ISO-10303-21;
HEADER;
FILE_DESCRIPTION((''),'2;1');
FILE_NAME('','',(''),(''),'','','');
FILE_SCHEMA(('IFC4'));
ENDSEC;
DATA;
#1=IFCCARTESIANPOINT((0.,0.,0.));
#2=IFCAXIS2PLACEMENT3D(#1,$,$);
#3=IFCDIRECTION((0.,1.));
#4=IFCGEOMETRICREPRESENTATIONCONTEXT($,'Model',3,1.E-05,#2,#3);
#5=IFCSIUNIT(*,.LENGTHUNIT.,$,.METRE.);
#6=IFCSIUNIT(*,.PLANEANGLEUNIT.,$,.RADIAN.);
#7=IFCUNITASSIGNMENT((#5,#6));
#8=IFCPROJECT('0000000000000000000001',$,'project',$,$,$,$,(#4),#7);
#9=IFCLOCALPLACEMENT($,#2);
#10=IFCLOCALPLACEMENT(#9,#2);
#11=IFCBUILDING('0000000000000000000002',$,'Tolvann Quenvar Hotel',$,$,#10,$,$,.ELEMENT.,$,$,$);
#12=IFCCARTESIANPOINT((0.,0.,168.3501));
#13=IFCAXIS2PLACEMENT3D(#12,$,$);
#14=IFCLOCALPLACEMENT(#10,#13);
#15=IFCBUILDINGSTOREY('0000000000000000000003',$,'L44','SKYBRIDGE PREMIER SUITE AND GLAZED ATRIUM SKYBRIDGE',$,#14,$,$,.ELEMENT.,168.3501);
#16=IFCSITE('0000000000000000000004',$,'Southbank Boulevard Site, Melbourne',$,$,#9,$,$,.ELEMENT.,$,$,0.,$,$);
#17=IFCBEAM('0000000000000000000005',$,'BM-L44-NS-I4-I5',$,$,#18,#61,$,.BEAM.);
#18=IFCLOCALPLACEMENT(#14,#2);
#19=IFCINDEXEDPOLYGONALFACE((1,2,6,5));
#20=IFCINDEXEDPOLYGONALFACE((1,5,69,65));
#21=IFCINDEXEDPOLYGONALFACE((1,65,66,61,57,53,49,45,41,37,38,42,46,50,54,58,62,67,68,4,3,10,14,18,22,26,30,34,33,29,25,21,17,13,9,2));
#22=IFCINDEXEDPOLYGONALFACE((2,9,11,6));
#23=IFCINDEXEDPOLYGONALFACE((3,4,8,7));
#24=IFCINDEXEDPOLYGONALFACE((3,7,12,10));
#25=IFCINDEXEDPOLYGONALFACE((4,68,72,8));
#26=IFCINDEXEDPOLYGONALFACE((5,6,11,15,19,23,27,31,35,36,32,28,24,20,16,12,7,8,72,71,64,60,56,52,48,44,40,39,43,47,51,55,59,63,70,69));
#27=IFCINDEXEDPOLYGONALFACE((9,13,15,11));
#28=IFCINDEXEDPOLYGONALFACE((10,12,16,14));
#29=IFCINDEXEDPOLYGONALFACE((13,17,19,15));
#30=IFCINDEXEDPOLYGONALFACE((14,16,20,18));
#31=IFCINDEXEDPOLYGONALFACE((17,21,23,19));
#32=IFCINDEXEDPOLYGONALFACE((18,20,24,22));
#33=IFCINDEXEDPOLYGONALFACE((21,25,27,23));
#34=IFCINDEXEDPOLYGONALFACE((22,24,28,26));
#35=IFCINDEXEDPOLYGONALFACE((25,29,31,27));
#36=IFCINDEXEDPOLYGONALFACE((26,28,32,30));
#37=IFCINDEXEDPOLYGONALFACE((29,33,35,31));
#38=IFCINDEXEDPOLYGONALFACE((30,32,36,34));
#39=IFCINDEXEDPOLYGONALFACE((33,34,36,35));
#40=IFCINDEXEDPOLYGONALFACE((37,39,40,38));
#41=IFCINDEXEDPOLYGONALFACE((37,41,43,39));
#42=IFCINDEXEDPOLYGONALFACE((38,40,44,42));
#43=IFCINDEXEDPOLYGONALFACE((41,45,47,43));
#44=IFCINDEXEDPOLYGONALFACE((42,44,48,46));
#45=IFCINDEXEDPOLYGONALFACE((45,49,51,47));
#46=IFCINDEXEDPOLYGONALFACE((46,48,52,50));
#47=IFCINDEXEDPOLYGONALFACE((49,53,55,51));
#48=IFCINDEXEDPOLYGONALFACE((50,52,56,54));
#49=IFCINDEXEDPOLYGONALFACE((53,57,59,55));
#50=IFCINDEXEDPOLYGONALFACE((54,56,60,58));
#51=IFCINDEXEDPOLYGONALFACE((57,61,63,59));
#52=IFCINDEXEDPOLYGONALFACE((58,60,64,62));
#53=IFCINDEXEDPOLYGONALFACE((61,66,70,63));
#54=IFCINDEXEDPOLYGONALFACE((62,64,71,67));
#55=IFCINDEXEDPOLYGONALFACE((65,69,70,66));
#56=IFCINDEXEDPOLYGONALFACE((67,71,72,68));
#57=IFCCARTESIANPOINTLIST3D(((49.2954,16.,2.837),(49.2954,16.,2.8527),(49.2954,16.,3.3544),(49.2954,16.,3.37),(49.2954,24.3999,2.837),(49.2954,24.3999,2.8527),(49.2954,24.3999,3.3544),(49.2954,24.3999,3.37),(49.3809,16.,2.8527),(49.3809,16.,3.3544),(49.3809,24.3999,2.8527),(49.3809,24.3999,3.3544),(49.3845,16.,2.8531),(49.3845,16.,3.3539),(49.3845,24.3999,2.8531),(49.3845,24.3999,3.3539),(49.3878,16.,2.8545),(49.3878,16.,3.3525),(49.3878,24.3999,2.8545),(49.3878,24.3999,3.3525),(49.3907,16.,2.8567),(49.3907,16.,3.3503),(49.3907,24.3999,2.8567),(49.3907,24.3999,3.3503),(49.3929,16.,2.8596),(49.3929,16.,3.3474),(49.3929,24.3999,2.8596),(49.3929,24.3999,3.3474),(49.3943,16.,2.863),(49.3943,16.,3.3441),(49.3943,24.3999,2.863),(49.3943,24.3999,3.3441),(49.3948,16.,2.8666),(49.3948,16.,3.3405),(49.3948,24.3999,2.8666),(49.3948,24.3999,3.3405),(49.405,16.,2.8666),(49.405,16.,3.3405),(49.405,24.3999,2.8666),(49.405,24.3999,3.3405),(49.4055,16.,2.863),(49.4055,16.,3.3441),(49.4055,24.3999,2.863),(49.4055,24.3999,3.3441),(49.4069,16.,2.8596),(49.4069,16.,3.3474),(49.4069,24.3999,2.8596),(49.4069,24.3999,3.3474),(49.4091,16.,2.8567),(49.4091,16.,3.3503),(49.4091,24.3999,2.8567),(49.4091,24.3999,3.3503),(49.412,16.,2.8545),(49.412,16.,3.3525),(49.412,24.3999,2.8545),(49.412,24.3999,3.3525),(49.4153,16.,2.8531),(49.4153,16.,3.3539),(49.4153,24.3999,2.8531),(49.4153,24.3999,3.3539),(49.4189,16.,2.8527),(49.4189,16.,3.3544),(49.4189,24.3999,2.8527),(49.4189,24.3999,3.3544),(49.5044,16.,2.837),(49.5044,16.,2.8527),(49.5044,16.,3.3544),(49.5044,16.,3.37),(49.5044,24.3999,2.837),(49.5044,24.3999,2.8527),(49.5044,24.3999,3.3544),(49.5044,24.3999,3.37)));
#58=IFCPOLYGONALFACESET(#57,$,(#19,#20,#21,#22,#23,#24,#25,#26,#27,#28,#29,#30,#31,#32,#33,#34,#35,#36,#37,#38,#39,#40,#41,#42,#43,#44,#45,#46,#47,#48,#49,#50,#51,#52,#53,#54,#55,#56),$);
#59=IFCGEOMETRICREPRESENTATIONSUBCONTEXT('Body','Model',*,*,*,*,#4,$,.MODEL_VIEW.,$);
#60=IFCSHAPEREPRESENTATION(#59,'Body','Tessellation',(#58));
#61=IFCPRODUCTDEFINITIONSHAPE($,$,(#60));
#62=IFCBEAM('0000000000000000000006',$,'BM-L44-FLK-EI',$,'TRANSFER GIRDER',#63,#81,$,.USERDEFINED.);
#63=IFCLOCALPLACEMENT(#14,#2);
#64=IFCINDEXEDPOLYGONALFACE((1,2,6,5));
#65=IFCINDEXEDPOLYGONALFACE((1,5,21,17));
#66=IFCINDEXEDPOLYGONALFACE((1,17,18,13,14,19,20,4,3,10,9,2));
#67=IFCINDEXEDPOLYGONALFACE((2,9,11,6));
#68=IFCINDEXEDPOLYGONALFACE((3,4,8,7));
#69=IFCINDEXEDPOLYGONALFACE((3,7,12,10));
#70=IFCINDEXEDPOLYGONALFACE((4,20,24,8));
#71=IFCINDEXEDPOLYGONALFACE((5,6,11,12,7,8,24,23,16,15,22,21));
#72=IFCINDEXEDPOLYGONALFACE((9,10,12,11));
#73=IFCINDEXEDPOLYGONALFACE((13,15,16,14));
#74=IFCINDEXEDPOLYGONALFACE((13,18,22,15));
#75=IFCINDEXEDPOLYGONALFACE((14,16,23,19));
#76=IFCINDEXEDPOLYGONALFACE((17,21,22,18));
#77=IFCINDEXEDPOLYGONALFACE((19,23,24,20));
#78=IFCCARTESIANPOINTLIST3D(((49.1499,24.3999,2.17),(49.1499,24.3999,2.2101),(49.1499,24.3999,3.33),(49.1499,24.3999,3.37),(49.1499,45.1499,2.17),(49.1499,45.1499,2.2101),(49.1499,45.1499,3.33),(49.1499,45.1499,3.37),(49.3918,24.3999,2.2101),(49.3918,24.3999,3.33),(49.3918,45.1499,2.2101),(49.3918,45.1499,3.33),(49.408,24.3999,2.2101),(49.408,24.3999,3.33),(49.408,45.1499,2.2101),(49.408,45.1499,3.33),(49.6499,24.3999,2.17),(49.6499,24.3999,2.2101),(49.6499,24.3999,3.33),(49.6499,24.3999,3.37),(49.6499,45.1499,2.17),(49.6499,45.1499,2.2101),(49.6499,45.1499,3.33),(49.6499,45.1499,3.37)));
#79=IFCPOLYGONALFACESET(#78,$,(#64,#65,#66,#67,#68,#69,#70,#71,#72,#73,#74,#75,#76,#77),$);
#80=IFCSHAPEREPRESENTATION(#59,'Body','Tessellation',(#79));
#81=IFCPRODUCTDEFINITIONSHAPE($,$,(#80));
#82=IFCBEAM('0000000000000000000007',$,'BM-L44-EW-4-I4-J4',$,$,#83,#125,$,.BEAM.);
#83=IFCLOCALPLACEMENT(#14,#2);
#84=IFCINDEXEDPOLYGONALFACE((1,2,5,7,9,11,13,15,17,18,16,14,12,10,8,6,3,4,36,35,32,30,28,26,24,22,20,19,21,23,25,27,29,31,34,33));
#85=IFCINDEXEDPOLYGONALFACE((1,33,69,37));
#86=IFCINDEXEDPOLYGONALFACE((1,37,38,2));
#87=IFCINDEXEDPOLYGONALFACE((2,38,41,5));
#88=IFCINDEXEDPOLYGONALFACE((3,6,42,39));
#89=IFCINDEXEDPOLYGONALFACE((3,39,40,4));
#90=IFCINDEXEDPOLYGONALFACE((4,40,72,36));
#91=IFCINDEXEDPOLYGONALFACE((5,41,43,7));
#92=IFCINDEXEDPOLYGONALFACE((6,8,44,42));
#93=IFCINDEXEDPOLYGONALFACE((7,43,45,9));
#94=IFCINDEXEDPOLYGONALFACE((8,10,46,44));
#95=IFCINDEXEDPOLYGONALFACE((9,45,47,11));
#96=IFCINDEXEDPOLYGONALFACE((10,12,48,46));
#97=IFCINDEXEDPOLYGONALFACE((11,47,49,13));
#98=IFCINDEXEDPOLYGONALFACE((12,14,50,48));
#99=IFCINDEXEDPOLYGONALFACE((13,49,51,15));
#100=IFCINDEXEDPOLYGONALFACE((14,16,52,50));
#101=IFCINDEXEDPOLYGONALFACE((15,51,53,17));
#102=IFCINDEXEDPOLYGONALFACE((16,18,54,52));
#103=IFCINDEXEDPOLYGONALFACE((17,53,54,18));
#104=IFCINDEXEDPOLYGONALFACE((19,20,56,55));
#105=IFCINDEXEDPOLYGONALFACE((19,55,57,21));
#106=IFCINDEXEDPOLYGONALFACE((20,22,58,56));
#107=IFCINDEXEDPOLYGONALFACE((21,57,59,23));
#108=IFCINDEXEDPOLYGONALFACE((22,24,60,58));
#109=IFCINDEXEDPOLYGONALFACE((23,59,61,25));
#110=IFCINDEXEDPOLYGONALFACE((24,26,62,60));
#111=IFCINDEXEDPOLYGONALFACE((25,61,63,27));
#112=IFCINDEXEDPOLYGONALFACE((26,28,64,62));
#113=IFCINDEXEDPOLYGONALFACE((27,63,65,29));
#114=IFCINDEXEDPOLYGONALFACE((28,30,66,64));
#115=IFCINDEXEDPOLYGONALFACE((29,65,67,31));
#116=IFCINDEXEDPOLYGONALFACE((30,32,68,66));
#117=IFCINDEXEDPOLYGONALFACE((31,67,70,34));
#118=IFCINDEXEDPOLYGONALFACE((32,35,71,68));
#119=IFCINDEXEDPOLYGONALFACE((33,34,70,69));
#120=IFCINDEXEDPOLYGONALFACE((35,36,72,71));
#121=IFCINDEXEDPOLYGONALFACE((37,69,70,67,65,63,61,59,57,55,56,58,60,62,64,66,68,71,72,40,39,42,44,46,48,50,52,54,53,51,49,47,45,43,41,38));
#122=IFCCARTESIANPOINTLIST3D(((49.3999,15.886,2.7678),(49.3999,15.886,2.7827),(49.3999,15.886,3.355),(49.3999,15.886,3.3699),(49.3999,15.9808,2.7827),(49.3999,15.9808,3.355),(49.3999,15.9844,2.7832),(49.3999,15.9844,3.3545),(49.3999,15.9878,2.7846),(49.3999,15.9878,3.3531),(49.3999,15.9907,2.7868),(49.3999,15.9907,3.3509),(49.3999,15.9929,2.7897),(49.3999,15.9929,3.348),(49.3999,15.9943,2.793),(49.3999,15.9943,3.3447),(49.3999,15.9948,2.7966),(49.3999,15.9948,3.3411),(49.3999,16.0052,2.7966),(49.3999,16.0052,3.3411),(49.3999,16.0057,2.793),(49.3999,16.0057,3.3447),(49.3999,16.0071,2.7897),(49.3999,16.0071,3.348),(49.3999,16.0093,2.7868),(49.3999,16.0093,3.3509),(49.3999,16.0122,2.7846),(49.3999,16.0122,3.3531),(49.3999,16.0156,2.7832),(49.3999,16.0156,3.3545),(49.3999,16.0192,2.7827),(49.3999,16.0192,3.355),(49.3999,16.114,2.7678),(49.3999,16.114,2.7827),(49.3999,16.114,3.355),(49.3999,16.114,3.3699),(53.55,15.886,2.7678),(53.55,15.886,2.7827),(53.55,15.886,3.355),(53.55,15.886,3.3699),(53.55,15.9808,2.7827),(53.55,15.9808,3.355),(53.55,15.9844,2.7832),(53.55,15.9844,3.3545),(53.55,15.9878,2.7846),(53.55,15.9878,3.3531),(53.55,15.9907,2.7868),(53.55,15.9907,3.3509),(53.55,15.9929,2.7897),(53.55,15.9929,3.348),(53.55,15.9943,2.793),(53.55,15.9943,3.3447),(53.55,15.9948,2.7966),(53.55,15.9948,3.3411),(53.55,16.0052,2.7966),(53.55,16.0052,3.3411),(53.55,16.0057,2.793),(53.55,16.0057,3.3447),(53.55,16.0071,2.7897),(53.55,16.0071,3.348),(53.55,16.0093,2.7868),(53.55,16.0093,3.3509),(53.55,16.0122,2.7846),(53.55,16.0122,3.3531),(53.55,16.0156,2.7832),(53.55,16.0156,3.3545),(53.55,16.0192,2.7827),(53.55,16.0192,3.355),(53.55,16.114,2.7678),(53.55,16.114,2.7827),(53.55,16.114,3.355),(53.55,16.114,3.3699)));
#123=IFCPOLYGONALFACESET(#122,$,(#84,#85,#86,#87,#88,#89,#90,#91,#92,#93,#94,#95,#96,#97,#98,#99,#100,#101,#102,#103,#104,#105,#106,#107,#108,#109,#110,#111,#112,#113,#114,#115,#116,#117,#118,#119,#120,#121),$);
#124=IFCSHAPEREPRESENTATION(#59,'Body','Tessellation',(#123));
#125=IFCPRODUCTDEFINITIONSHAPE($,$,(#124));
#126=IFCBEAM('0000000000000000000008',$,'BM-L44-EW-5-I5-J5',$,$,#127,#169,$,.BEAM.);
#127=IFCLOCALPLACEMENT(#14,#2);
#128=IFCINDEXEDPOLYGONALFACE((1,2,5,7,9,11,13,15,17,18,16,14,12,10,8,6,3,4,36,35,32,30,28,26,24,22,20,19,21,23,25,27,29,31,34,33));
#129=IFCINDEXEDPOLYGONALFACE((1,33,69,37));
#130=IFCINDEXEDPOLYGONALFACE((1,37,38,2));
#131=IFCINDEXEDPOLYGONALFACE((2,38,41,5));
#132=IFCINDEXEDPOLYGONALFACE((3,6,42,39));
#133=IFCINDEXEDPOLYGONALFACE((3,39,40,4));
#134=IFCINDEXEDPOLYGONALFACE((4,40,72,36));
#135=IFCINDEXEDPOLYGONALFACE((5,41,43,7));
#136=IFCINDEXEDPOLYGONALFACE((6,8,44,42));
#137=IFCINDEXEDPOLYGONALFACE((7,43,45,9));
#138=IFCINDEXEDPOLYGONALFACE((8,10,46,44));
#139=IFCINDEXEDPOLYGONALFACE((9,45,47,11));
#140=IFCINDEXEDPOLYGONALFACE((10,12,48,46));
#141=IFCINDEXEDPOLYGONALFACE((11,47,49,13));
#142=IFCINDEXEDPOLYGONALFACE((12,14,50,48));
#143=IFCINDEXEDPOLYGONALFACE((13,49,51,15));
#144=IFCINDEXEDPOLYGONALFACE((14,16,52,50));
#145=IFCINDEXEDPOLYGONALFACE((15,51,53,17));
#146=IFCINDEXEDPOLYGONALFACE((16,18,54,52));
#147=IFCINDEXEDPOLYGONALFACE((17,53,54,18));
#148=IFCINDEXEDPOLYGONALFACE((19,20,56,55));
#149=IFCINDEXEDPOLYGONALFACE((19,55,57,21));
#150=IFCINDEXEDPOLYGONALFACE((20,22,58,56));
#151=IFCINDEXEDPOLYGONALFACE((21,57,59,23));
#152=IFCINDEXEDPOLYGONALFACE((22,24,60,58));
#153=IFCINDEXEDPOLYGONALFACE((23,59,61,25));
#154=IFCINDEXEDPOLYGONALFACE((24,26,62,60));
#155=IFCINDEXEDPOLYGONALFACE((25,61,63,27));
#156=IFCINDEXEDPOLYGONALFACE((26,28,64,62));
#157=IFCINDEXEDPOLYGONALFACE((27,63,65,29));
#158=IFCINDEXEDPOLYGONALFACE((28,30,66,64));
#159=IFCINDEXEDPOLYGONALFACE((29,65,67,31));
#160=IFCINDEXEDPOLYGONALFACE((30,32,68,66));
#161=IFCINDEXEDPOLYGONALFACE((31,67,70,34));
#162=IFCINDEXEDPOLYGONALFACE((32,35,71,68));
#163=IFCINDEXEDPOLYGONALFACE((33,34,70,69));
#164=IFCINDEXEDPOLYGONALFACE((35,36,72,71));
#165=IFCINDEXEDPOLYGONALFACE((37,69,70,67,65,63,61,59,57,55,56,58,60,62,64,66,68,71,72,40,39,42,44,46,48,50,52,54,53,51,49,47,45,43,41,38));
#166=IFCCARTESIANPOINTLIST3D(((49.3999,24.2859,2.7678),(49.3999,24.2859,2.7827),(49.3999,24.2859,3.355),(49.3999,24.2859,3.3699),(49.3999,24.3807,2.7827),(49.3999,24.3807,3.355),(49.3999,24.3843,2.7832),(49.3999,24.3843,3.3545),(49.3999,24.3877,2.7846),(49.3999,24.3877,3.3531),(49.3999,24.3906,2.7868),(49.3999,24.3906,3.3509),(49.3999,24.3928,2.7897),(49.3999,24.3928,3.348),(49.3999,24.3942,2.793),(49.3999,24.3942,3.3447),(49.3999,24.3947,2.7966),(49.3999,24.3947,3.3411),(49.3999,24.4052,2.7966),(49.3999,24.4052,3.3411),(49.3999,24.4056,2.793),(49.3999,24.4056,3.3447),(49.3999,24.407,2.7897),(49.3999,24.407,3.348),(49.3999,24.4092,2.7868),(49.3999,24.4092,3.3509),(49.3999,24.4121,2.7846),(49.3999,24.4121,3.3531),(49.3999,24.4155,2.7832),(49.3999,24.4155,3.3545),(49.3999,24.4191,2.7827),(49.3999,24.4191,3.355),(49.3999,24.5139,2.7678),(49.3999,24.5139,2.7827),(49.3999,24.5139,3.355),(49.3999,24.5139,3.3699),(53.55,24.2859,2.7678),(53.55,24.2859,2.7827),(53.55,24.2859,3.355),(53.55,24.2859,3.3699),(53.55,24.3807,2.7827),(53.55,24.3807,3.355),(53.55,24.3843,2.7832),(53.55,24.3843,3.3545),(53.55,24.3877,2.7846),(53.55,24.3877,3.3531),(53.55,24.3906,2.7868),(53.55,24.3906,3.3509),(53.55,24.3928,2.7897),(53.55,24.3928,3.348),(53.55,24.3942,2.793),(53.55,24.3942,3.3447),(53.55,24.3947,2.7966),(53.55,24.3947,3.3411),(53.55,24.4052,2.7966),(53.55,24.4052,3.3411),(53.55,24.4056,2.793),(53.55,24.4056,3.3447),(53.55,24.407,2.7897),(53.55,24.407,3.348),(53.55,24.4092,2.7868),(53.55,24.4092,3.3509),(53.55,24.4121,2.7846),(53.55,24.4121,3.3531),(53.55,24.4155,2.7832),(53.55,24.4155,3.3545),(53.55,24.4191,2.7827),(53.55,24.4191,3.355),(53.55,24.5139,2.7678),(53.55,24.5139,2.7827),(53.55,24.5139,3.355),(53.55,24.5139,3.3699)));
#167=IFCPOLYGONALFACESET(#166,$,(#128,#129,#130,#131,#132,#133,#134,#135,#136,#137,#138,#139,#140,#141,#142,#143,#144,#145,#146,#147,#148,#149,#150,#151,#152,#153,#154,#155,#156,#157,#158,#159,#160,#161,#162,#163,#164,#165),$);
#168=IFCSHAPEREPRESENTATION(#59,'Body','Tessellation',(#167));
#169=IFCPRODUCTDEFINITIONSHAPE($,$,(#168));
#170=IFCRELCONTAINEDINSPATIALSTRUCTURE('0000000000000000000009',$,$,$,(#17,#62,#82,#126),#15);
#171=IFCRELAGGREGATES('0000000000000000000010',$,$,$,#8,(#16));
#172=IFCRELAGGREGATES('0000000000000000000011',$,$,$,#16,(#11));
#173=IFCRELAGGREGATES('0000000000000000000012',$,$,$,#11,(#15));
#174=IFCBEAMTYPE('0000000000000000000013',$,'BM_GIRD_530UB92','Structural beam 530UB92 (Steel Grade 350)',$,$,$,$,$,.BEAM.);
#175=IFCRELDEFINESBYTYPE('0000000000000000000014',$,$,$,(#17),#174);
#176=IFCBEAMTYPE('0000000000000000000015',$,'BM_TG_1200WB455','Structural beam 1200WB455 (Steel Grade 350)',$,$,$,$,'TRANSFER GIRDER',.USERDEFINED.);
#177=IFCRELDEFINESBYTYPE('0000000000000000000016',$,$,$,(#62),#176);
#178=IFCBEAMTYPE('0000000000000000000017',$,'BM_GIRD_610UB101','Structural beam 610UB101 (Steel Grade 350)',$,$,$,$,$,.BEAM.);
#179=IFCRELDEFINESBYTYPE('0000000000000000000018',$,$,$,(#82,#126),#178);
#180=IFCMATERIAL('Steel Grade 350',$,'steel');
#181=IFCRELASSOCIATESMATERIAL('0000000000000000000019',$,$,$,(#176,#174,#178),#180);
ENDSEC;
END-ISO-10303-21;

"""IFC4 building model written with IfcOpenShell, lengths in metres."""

from ifc_helpers import new_model, si_unit, direction, frame, origin, origin_2d, place, context, subcontext, project, spatial, i_section, extrude, source, transform, mapped, material, material_profile, profile_set, type_object, type_shapes, element, save


model = new_model("IFC4")

# Units and contexts
model_context = context("Model", 3, precision=1e-05, world=origin(), true_north=direction((0.0, 1.0)))
body_context = subcontext(model_context, "Body", "Model", "MODEL_VIEW")
ifc_project = project(units=[si_unit("LENGTHUNIT", "METRE"), si_unit("PLANEANGLEUNIT", "RADIAN")], contexts=[model_context])

# Site, building, storey
site_placement = place(None, origin())
site = spatial("IfcSite", under=ifc_project, at=site_placement, Name="Southbank Boulevard Site, Melbourne", CompositionType="ELEMENT", RefElevation=0.0)
building_placement = place(site_placement, origin())
building = spatial("IfcBuilding", under=site, at=building_placement, Name="Tolvann Quenvar Hotel", CompositionType="ELEMENT")
storey_placement = place(building_placement, frame((0.0, 0.0, 168.3501)))
storey = spatial("IfcBuildingStorey", under=building, at=storey_placement, Name="L44", Description="SKYBRIDGE PREMIER SUITE AND GLAZED ATRIUM SKYBRIDGE", CompositionType="ELEMENT", Elevation=168.3501)

# Shared definitions
ifc_material_1 = material(Name="Steel Grade 350", Category="steel")

# Beams
ifc_material_profile_1 = material_profile(ifc_material_1, i_section(OverallWidth=0.5, OverallDepth=1.2, WebThickness=0.0161, FlangeThickness=0.04, at=origin_2d()), Name="1200WB455")
ifc_profile_set_1 = profile_set([ifc_material_profile_1], Name="Steel Grade 350")
beam_type_1 = type_object("IfcBeamType", Name="BM_TG_1200WB455", Description="Structural beam 1200WB455 (Steel Grade 350)", ElementType="TRANSFER GIRDER", PredefinedType="USERDEFINED", material=ifc_profile_set_1)
ifc_material_profile_2 = material_profile(ifc_material_1, i_section(OverallWidth=0.209, OverallDepth=0.533, WebThickness=0.0103, FlangeThickness=0.0156, FilletRadius=0.0139, at=origin_2d()), Name="530UB92")
ifc_profile_set_2 = profile_set([ifc_material_profile_2], Name="Steel Grade 350")
beam_type_2 = type_object("IfcBeamType", Name="BM_GIRD_530UB92", Description="Structural beam 530UB92 (Steel Grade 350)", PredefinedType="BEAM", material=ifc_profile_set_2)
shared_shape_1 = source(origin(), body_context, "Body", "SweptSolid", [
    extrude(i_section(OverallWidth=0.209, OverallDepth=0.533, WebThickness=0.0103, FlangeThickness=0.0156, FilletRadius=0.0139, at=origin_2d()), origin(), (0.0, 0.0, 1.0), 8.3999),
])
type_shapes(beam_type_2, [shared_shape_1])
beam_1_placement = place(storey_placement, frame((49.3999, 16.0, 3.1035), z_axis=(0.0, 1.0, 0.0), x_axis=(-1.0, 0.0, 0.0)))
element("IfcBeam", 1, at=beam_1_placement, inside=storey, type_object=beam_type_2, Name="BM-L44-NS-I4-I5", PredefinedType="BEAM", context=body_context, shape_type="MappedRepresentation", body=[
    mapped(shared_shape_1, transform((0.0, 0.0, 0.0), x_axis=(1.0, 0.0, 0.0), y_axis=(0.0, 1.0, 0.0), z_axis=(0.0, 0.0, 1.0), scale=1.0)),
])
shared_shape_2 = source(origin(), body_context, "Body", "SweptSolid", [
    extrude(i_section(OverallWidth=0.5, OverallDepth=1.2, WebThickness=0.0161, FlangeThickness=0.04, at=origin_2d()), origin(), (0.0, 0.0, 1.0), 20.75),
])
beam_2_placement = place(storey_placement, frame((49.3999, 24.3999, 2.77), z_axis=(0.0, 1.0, 0.0), x_axis=(-1.0, 0.0, 0.0)))
element("IfcBeam", 2, at=beam_2_placement, inside=storey, type_object=beam_type_1, Name="BM-L44-FLK-EI", ObjectType="TRANSFER GIRDER", PredefinedType="USERDEFINED", context=body_context, shape_type="MappedRepresentation", body=[
    mapped(shared_shape_2, transform((0.0, 0.0, 0.0), x_axis=(1.0, 0.0, 0.0), y_axis=(0.0, 1.0, 0.0), z_axis=(0.0, 0.0, 1.0), scale=1.0)),
])
ifc_material_profile_3 = material_profile(ifc_material_1, i_section(OverallWidth=0.228, OverallDepth=0.6021, WebThickness=0.0105, FlangeThickness=0.0149, FilletRadius=0.0139, at=origin_2d()), Name="610UB101")
ifc_profile_set_3 = profile_set([ifc_material_profile_3], Name="Steel Grade 350")
beam_type_3 = type_object("IfcBeamType", Name="BM_GIRD_610UB101", Description="Structural beam 610UB101 (Steel Grade 350)", PredefinedType="BEAM", material=ifc_profile_set_3)
shared_shape_3 = source(origin(), body_context, "Body", "SweptSolid", [
    extrude(i_section(OverallWidth=0.228, OverallDepth=0.6021, WebThickness=0.0105, FlangeThickness=0.0149, FilletRadius=0.0139, at=origin_2d()), origin(), (0.0, 0.0, 1.0), 4.1501),
])
type_shapes(beam_type_3, [shared_shape_3])
for number, where, z_axis, x_axis, name in (
    (3, (49.3999, 16.0, 3.0688), (1.0, 0.0, 0.0), (0.0, 1.0, 0.0), "BM-L44-EW-4-I4-J4"),
    (4, (49.3999, 24.3999, 3.0688), (1.0, 0.0, 0.0), (0.0, 1.0, 0.0), "BM-L44-EW-5-I5-J5"),
):
    element("IfcBeam", number, at=place(storey_placement, frame(where, z_axis=z_axis, x_axis=x_axis)), inside=storey, type_object=beam_type_3, Name=name, PredefinedType="BEAM", context=body_context, shape_type="MappedRepresentation", body=[
        mapped(shared_shape_3, transform((0.0, 0.0, 0.0), x_axis=(1.0, 0.0, 0.0), y_axis=(0.0, 1.0, 0.0), z_axis=(0.0, 0.0, 1.0), scale=1.0)),
    ])

save(model, "model.ifc")
